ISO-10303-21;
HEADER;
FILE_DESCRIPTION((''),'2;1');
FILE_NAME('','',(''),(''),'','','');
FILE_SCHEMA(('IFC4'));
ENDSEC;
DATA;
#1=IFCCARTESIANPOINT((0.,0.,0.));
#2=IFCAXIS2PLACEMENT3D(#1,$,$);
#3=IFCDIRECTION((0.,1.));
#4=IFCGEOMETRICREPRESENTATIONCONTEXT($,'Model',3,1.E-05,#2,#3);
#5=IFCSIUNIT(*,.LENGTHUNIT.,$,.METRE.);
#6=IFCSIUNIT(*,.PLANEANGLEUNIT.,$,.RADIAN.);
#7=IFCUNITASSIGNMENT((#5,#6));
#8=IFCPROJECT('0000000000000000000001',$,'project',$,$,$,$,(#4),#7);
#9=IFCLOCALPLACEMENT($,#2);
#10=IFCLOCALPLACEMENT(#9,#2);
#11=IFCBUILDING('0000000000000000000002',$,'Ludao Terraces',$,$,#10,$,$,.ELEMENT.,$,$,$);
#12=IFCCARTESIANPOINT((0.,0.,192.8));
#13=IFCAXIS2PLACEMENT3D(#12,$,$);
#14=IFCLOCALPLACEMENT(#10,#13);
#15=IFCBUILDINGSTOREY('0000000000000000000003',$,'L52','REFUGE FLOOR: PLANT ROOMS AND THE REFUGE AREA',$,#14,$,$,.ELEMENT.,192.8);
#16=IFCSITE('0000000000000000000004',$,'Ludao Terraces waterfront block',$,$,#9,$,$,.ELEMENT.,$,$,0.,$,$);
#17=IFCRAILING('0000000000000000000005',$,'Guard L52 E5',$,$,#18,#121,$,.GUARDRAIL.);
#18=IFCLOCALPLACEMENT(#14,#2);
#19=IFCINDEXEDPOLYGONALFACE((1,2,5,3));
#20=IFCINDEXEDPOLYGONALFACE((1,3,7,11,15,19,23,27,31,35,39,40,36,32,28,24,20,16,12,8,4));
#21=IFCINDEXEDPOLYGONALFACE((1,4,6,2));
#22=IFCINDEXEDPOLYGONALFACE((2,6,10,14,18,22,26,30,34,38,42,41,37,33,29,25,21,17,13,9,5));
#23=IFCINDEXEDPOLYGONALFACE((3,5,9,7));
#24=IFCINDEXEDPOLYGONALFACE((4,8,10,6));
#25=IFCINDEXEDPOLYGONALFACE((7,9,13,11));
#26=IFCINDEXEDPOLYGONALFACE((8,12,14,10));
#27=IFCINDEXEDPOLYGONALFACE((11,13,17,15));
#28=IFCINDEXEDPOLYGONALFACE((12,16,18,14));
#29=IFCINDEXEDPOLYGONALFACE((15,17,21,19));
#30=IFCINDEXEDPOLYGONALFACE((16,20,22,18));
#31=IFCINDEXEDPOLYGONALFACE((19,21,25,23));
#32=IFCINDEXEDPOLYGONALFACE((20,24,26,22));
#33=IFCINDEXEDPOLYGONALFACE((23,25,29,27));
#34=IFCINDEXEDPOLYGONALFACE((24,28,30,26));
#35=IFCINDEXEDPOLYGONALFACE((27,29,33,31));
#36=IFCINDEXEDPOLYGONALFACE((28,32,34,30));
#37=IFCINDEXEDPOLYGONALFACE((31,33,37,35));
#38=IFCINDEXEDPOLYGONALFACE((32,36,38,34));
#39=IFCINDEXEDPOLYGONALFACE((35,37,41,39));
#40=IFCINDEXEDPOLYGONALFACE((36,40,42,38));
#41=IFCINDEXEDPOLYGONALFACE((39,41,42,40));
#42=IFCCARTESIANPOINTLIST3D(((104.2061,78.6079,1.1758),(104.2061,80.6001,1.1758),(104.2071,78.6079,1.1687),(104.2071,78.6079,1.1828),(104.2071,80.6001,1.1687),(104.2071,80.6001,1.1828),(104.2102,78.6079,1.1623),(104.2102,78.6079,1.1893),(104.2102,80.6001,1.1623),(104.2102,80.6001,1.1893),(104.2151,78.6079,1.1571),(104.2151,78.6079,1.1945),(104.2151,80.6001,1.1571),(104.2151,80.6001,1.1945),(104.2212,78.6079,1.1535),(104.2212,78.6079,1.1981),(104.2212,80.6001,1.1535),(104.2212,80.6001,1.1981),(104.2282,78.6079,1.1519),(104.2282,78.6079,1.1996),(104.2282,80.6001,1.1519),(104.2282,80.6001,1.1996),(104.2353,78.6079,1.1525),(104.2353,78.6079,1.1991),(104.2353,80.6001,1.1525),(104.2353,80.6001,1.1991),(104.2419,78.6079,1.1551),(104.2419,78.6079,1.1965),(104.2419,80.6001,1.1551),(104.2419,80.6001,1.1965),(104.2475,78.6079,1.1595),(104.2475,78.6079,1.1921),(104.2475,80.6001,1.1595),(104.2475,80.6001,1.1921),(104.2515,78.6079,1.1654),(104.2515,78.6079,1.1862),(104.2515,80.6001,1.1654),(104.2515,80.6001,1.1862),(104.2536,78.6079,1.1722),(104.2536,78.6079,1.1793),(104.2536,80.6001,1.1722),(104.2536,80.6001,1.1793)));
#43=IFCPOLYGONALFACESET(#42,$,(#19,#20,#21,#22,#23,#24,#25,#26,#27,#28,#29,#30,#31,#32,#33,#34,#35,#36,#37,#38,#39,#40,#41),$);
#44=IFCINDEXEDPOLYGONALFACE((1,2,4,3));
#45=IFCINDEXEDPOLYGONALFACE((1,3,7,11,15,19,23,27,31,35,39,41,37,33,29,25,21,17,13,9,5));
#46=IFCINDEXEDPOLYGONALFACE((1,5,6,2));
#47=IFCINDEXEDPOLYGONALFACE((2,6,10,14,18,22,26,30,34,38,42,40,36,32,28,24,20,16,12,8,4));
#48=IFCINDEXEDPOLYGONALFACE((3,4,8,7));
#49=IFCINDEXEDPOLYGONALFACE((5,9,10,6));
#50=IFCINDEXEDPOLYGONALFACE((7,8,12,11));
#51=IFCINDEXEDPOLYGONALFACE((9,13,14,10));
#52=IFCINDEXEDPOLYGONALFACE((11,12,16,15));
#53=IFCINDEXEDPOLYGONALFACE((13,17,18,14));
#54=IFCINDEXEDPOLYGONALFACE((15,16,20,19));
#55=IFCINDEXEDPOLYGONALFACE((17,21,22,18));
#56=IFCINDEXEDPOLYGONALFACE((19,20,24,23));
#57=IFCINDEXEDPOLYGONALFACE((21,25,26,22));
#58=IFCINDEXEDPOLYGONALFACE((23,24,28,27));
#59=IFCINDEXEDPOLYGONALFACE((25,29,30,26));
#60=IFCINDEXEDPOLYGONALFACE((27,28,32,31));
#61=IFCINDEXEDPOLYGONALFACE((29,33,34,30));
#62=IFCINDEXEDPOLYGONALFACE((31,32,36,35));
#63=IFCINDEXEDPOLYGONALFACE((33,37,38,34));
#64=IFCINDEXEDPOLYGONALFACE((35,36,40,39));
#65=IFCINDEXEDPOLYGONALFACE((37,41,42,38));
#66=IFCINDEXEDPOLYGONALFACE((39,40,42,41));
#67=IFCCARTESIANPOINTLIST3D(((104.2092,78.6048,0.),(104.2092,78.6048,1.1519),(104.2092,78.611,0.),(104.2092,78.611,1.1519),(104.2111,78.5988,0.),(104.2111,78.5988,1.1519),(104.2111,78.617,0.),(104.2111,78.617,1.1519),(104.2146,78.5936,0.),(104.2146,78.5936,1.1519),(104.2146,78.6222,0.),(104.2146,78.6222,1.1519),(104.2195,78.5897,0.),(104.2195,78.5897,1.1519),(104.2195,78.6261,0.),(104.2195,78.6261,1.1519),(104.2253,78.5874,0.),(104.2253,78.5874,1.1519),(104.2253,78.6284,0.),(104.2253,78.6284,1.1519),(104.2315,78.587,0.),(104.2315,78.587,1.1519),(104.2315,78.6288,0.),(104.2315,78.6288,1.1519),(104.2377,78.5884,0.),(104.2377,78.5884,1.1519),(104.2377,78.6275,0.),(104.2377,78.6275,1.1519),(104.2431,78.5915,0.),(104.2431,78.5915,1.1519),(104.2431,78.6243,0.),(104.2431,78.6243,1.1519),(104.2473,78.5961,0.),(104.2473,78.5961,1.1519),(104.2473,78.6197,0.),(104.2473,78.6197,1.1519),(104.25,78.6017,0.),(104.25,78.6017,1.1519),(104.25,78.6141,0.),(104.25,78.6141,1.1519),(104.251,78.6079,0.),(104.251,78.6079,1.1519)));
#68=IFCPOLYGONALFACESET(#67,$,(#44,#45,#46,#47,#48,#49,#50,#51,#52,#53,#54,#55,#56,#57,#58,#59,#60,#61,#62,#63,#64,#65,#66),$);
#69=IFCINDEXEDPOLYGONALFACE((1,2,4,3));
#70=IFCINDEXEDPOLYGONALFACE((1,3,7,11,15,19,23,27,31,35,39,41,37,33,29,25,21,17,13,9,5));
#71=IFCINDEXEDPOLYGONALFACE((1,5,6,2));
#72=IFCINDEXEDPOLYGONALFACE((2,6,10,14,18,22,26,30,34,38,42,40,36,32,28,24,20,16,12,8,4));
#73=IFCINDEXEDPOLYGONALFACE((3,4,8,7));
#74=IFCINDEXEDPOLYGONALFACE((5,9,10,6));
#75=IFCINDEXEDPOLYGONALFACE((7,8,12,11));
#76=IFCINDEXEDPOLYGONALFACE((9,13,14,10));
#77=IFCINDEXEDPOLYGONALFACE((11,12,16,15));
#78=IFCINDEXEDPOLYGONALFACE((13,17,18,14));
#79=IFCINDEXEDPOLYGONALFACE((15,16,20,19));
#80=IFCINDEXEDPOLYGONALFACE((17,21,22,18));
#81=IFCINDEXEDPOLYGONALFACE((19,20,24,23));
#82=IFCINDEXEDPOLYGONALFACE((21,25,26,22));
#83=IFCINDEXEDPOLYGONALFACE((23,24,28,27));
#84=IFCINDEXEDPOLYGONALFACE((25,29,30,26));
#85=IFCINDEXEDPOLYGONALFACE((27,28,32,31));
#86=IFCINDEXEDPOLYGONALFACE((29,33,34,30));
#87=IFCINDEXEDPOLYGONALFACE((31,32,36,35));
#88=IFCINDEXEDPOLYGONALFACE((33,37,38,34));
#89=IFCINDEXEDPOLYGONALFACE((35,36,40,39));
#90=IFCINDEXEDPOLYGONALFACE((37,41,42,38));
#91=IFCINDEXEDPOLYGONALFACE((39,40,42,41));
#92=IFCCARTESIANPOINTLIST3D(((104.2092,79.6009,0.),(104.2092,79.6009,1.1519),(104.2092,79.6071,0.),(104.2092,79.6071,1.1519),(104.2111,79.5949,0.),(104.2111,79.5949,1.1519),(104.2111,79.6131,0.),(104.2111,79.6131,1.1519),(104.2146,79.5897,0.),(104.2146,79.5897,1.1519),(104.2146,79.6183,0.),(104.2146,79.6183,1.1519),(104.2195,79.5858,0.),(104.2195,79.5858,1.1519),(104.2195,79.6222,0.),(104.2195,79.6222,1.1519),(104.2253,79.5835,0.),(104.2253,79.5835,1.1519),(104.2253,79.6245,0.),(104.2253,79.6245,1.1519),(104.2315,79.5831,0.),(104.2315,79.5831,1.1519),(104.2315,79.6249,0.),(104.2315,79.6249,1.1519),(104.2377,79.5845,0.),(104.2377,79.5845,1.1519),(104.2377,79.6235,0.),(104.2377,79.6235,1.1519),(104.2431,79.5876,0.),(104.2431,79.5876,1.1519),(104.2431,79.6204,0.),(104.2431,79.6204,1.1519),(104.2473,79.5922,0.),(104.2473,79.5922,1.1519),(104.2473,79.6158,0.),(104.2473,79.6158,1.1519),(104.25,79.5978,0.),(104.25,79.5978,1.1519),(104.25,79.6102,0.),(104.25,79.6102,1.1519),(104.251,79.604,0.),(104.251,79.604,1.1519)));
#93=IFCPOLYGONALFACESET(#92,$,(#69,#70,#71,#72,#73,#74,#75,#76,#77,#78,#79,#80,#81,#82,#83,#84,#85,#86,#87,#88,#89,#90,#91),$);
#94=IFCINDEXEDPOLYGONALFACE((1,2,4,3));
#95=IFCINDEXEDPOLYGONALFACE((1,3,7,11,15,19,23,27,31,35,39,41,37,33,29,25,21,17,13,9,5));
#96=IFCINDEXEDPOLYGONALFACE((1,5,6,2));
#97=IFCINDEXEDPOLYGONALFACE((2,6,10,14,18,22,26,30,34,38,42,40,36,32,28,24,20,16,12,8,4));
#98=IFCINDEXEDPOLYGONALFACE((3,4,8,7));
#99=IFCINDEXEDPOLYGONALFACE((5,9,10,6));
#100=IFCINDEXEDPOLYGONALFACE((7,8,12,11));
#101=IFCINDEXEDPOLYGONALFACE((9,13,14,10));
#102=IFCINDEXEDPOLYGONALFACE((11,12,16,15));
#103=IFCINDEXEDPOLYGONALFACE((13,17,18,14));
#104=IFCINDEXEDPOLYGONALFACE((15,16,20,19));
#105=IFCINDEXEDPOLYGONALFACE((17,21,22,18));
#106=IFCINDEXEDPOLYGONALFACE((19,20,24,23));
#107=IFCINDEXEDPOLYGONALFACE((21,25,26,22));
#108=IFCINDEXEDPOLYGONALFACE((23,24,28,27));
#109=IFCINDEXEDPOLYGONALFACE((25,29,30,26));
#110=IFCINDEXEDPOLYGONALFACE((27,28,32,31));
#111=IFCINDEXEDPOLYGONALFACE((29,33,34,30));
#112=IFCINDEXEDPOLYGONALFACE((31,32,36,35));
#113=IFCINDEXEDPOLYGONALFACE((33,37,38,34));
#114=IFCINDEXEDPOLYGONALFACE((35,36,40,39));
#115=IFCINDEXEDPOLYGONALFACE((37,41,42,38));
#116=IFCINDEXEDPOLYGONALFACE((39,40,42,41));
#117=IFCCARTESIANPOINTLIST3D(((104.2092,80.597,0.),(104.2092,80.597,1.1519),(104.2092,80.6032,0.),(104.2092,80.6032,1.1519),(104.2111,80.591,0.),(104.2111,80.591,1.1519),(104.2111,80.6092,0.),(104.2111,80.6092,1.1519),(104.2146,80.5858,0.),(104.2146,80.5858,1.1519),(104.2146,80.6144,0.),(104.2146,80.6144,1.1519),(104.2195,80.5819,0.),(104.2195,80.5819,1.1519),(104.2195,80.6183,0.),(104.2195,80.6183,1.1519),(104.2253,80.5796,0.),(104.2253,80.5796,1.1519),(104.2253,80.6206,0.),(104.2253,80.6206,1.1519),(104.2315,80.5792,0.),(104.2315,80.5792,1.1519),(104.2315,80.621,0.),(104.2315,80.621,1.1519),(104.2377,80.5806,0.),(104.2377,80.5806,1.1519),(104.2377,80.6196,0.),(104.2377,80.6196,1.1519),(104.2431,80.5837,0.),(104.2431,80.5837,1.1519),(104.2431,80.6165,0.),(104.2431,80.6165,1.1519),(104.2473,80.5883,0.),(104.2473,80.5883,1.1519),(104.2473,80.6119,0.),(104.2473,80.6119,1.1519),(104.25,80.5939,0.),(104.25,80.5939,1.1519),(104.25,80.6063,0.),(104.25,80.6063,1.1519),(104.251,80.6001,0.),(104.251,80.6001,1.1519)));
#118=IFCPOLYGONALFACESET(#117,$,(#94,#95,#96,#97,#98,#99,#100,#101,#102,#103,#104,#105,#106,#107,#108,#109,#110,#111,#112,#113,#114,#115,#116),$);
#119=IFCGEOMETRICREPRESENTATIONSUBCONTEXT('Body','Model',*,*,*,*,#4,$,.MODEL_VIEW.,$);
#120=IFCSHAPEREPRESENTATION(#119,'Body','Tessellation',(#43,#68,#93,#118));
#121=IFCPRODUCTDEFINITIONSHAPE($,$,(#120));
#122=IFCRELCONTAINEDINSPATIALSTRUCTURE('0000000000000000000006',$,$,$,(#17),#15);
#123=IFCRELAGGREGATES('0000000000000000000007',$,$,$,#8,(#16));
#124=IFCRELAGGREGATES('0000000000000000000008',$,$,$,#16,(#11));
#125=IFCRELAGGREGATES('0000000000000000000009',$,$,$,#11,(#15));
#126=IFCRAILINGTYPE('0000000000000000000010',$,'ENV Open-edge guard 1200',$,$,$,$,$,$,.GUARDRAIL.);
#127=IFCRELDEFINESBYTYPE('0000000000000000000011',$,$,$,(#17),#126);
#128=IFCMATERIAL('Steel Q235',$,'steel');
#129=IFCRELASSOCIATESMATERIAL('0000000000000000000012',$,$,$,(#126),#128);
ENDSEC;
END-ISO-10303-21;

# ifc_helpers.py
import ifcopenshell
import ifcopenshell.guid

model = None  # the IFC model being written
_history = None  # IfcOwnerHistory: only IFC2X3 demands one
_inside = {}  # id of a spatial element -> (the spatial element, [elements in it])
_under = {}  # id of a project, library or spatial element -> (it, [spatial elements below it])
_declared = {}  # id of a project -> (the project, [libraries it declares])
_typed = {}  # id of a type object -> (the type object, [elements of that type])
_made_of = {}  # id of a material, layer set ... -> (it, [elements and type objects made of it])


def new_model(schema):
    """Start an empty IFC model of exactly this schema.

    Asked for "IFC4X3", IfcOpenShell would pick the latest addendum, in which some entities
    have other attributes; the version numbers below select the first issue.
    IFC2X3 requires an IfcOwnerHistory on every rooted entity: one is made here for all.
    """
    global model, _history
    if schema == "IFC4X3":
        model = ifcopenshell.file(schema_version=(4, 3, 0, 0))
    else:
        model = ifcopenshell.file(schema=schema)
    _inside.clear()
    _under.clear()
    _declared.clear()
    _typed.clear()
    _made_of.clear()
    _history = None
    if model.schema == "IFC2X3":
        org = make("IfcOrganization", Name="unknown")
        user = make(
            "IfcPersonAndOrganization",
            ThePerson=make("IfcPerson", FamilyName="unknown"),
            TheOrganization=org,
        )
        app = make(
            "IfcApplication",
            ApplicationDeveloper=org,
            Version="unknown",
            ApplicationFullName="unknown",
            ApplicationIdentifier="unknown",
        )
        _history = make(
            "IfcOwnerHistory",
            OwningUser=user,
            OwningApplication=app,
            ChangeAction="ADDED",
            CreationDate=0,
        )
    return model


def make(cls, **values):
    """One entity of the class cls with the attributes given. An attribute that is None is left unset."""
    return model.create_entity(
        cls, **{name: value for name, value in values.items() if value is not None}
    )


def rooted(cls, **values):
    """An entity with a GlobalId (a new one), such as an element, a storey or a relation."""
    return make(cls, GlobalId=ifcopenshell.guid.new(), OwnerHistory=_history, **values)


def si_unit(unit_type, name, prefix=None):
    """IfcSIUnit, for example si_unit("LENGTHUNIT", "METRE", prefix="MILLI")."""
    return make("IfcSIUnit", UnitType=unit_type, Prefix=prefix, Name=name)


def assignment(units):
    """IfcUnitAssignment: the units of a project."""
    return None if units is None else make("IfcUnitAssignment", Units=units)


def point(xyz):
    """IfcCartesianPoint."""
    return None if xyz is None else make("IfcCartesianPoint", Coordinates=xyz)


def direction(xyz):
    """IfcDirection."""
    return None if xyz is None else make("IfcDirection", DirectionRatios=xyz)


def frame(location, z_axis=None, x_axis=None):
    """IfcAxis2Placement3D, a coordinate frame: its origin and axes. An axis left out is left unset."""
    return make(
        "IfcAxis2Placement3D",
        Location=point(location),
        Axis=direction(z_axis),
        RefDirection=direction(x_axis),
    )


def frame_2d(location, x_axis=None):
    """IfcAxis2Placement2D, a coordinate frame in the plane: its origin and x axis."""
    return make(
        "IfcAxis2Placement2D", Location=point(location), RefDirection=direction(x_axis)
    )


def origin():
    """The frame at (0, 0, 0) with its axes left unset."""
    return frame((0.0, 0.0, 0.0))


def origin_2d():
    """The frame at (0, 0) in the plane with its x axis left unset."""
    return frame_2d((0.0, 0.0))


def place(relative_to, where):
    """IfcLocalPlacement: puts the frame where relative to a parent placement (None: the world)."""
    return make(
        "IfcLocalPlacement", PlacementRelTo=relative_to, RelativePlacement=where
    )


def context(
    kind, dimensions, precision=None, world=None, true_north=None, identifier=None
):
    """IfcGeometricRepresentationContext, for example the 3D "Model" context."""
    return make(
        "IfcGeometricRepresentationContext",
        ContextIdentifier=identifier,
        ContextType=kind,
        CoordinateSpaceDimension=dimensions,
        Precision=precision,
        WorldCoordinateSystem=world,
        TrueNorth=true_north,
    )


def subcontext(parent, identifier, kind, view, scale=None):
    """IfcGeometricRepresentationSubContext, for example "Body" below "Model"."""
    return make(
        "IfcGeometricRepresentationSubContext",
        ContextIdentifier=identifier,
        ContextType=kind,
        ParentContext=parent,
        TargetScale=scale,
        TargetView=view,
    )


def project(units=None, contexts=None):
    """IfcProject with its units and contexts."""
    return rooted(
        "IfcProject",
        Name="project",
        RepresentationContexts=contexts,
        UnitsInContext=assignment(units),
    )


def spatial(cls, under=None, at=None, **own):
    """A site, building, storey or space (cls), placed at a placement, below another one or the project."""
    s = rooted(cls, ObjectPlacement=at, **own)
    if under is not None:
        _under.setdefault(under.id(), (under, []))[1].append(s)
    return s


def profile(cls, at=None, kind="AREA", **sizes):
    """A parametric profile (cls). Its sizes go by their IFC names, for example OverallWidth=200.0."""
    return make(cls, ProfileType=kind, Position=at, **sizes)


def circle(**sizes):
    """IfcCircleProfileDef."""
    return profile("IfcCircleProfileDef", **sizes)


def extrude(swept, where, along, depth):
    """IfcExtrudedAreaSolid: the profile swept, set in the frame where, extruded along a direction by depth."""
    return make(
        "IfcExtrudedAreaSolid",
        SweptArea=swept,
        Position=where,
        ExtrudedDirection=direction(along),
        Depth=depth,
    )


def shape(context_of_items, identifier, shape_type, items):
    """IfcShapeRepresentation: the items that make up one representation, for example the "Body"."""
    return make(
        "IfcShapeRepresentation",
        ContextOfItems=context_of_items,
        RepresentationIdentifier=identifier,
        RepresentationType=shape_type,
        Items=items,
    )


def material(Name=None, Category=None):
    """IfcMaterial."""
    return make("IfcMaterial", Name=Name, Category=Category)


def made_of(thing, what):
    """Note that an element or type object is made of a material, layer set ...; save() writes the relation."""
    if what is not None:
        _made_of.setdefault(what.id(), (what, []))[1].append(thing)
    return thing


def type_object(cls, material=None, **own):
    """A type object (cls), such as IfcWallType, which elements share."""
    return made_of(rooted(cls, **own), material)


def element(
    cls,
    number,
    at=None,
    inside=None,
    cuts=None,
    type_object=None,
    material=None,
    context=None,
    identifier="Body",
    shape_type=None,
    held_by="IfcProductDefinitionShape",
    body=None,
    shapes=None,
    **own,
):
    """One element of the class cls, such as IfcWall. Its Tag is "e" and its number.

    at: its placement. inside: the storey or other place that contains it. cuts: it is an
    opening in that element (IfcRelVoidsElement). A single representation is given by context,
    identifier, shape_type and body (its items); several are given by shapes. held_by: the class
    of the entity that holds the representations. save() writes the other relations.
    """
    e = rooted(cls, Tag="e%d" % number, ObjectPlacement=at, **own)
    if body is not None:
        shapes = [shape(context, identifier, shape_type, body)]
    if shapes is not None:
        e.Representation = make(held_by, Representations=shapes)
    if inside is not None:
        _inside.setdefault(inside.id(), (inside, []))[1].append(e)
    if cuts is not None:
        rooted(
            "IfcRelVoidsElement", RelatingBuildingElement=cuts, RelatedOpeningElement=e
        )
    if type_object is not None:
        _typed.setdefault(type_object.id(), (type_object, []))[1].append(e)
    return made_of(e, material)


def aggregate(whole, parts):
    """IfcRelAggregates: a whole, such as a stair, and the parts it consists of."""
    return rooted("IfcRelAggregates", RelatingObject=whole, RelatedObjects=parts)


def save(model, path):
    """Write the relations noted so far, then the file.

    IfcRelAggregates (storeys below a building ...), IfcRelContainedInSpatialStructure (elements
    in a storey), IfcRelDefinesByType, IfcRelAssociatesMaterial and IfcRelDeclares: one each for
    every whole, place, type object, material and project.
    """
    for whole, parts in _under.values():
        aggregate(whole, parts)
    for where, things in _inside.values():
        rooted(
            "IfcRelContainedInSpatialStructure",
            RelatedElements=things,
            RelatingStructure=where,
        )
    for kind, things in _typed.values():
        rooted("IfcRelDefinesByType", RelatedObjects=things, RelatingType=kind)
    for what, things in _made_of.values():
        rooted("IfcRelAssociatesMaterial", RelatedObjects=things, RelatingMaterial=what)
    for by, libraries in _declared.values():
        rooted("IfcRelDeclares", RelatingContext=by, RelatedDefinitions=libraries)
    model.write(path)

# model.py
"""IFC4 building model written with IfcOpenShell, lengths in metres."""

from ifc_helpers import new_model, si_unit, direction, frame, origin, origin_2d, place, context, subcontext, project, spatial, circle, extrude, material, type_object, element, save


model = new_model("IFC4")

# Units and contexts
model_context = context("Model", 3, precision=1e-05, world=origin(), true_north=direction((0.0, 1.0)))
body_context = subcontext(model_context, "Body", "Model", "MODEL_VIEW")
ifc_project = project(units=[si_unit("LENGTHUNIT", "METRE"), si_unit("PLANEANGLEUNIT", "RADIAN")], contexts=[model_context])

# Site, building, storey
site_placement = place(None, origin())
site = spatial("IfcSite", under=ifc_project, at=site_placement, Name="Ludao Terraces waterfront block", CompositionType="ELEMENT", RefElevation=0.0)
building_placement = place(site_placement, origin())
building = spatial("IfcBuilding", under=site, at=building_placement, Name="Ludao Terraces", CompositionType="ELEMENT")
storey_placement = place(building_placement, frame((0.0, 0.0, 192.8)))
storey = spatial("IfcBuildingStorey", under=building, at=storey_placement, Name="L52", Description="REFUGE FLOOR: PLANT ROOMS AND THE REFUGE AREA", CompositionType="ELEMENT", Elevation=192.8)

# Shared definitions
ifc_material_1 = material(Name="Steel Q235", Category="steel")

# Railing
railing_type_1 = type_object("IfcRailingType", Name="ENV Open-edge guard 1200", PredefinedType="GUARDRAIL", material=ifc_material_1)
railing_1_placement = place(storey_placement, frame((104.23, 78.6079, 0.0)))
element("IfcRailing", 1, at=railing_1_placement, inside=storey, type_object=railing_type_1, Name="Guard L52 E5", PredefinedType="GUARDRAIL", context=body_context, shape_type="SweptSolid", body=[
    extrude(circle(Radius=0.0239, at=origin_2d()), frame((0.0, 0.0, 1.1758), z_axis=(0.0, 1.0, 0.0), x_axis=(-1.0, 0.0, 0.0)), (0.0, 0.0, 1.0), 1.9922),
    extrude(circle(Radius=0.021, at=origin_2d()), origin(), (0.0, 0.0, 1.0), 1.1519),
    extrude(circle(Radius=0.021, at=origin_2d()), frame((0.0, 0.9961, 0.0)), (0.0, 0.0, 1.0), 1.1519),
    extrude(circle(Radius=0.021, at=origin_2d()), frame((0.0, 1.9922, 0.0)), (0.0, 0.0, 1.0), 1.1519),
])

save(model, "model.ifc")
